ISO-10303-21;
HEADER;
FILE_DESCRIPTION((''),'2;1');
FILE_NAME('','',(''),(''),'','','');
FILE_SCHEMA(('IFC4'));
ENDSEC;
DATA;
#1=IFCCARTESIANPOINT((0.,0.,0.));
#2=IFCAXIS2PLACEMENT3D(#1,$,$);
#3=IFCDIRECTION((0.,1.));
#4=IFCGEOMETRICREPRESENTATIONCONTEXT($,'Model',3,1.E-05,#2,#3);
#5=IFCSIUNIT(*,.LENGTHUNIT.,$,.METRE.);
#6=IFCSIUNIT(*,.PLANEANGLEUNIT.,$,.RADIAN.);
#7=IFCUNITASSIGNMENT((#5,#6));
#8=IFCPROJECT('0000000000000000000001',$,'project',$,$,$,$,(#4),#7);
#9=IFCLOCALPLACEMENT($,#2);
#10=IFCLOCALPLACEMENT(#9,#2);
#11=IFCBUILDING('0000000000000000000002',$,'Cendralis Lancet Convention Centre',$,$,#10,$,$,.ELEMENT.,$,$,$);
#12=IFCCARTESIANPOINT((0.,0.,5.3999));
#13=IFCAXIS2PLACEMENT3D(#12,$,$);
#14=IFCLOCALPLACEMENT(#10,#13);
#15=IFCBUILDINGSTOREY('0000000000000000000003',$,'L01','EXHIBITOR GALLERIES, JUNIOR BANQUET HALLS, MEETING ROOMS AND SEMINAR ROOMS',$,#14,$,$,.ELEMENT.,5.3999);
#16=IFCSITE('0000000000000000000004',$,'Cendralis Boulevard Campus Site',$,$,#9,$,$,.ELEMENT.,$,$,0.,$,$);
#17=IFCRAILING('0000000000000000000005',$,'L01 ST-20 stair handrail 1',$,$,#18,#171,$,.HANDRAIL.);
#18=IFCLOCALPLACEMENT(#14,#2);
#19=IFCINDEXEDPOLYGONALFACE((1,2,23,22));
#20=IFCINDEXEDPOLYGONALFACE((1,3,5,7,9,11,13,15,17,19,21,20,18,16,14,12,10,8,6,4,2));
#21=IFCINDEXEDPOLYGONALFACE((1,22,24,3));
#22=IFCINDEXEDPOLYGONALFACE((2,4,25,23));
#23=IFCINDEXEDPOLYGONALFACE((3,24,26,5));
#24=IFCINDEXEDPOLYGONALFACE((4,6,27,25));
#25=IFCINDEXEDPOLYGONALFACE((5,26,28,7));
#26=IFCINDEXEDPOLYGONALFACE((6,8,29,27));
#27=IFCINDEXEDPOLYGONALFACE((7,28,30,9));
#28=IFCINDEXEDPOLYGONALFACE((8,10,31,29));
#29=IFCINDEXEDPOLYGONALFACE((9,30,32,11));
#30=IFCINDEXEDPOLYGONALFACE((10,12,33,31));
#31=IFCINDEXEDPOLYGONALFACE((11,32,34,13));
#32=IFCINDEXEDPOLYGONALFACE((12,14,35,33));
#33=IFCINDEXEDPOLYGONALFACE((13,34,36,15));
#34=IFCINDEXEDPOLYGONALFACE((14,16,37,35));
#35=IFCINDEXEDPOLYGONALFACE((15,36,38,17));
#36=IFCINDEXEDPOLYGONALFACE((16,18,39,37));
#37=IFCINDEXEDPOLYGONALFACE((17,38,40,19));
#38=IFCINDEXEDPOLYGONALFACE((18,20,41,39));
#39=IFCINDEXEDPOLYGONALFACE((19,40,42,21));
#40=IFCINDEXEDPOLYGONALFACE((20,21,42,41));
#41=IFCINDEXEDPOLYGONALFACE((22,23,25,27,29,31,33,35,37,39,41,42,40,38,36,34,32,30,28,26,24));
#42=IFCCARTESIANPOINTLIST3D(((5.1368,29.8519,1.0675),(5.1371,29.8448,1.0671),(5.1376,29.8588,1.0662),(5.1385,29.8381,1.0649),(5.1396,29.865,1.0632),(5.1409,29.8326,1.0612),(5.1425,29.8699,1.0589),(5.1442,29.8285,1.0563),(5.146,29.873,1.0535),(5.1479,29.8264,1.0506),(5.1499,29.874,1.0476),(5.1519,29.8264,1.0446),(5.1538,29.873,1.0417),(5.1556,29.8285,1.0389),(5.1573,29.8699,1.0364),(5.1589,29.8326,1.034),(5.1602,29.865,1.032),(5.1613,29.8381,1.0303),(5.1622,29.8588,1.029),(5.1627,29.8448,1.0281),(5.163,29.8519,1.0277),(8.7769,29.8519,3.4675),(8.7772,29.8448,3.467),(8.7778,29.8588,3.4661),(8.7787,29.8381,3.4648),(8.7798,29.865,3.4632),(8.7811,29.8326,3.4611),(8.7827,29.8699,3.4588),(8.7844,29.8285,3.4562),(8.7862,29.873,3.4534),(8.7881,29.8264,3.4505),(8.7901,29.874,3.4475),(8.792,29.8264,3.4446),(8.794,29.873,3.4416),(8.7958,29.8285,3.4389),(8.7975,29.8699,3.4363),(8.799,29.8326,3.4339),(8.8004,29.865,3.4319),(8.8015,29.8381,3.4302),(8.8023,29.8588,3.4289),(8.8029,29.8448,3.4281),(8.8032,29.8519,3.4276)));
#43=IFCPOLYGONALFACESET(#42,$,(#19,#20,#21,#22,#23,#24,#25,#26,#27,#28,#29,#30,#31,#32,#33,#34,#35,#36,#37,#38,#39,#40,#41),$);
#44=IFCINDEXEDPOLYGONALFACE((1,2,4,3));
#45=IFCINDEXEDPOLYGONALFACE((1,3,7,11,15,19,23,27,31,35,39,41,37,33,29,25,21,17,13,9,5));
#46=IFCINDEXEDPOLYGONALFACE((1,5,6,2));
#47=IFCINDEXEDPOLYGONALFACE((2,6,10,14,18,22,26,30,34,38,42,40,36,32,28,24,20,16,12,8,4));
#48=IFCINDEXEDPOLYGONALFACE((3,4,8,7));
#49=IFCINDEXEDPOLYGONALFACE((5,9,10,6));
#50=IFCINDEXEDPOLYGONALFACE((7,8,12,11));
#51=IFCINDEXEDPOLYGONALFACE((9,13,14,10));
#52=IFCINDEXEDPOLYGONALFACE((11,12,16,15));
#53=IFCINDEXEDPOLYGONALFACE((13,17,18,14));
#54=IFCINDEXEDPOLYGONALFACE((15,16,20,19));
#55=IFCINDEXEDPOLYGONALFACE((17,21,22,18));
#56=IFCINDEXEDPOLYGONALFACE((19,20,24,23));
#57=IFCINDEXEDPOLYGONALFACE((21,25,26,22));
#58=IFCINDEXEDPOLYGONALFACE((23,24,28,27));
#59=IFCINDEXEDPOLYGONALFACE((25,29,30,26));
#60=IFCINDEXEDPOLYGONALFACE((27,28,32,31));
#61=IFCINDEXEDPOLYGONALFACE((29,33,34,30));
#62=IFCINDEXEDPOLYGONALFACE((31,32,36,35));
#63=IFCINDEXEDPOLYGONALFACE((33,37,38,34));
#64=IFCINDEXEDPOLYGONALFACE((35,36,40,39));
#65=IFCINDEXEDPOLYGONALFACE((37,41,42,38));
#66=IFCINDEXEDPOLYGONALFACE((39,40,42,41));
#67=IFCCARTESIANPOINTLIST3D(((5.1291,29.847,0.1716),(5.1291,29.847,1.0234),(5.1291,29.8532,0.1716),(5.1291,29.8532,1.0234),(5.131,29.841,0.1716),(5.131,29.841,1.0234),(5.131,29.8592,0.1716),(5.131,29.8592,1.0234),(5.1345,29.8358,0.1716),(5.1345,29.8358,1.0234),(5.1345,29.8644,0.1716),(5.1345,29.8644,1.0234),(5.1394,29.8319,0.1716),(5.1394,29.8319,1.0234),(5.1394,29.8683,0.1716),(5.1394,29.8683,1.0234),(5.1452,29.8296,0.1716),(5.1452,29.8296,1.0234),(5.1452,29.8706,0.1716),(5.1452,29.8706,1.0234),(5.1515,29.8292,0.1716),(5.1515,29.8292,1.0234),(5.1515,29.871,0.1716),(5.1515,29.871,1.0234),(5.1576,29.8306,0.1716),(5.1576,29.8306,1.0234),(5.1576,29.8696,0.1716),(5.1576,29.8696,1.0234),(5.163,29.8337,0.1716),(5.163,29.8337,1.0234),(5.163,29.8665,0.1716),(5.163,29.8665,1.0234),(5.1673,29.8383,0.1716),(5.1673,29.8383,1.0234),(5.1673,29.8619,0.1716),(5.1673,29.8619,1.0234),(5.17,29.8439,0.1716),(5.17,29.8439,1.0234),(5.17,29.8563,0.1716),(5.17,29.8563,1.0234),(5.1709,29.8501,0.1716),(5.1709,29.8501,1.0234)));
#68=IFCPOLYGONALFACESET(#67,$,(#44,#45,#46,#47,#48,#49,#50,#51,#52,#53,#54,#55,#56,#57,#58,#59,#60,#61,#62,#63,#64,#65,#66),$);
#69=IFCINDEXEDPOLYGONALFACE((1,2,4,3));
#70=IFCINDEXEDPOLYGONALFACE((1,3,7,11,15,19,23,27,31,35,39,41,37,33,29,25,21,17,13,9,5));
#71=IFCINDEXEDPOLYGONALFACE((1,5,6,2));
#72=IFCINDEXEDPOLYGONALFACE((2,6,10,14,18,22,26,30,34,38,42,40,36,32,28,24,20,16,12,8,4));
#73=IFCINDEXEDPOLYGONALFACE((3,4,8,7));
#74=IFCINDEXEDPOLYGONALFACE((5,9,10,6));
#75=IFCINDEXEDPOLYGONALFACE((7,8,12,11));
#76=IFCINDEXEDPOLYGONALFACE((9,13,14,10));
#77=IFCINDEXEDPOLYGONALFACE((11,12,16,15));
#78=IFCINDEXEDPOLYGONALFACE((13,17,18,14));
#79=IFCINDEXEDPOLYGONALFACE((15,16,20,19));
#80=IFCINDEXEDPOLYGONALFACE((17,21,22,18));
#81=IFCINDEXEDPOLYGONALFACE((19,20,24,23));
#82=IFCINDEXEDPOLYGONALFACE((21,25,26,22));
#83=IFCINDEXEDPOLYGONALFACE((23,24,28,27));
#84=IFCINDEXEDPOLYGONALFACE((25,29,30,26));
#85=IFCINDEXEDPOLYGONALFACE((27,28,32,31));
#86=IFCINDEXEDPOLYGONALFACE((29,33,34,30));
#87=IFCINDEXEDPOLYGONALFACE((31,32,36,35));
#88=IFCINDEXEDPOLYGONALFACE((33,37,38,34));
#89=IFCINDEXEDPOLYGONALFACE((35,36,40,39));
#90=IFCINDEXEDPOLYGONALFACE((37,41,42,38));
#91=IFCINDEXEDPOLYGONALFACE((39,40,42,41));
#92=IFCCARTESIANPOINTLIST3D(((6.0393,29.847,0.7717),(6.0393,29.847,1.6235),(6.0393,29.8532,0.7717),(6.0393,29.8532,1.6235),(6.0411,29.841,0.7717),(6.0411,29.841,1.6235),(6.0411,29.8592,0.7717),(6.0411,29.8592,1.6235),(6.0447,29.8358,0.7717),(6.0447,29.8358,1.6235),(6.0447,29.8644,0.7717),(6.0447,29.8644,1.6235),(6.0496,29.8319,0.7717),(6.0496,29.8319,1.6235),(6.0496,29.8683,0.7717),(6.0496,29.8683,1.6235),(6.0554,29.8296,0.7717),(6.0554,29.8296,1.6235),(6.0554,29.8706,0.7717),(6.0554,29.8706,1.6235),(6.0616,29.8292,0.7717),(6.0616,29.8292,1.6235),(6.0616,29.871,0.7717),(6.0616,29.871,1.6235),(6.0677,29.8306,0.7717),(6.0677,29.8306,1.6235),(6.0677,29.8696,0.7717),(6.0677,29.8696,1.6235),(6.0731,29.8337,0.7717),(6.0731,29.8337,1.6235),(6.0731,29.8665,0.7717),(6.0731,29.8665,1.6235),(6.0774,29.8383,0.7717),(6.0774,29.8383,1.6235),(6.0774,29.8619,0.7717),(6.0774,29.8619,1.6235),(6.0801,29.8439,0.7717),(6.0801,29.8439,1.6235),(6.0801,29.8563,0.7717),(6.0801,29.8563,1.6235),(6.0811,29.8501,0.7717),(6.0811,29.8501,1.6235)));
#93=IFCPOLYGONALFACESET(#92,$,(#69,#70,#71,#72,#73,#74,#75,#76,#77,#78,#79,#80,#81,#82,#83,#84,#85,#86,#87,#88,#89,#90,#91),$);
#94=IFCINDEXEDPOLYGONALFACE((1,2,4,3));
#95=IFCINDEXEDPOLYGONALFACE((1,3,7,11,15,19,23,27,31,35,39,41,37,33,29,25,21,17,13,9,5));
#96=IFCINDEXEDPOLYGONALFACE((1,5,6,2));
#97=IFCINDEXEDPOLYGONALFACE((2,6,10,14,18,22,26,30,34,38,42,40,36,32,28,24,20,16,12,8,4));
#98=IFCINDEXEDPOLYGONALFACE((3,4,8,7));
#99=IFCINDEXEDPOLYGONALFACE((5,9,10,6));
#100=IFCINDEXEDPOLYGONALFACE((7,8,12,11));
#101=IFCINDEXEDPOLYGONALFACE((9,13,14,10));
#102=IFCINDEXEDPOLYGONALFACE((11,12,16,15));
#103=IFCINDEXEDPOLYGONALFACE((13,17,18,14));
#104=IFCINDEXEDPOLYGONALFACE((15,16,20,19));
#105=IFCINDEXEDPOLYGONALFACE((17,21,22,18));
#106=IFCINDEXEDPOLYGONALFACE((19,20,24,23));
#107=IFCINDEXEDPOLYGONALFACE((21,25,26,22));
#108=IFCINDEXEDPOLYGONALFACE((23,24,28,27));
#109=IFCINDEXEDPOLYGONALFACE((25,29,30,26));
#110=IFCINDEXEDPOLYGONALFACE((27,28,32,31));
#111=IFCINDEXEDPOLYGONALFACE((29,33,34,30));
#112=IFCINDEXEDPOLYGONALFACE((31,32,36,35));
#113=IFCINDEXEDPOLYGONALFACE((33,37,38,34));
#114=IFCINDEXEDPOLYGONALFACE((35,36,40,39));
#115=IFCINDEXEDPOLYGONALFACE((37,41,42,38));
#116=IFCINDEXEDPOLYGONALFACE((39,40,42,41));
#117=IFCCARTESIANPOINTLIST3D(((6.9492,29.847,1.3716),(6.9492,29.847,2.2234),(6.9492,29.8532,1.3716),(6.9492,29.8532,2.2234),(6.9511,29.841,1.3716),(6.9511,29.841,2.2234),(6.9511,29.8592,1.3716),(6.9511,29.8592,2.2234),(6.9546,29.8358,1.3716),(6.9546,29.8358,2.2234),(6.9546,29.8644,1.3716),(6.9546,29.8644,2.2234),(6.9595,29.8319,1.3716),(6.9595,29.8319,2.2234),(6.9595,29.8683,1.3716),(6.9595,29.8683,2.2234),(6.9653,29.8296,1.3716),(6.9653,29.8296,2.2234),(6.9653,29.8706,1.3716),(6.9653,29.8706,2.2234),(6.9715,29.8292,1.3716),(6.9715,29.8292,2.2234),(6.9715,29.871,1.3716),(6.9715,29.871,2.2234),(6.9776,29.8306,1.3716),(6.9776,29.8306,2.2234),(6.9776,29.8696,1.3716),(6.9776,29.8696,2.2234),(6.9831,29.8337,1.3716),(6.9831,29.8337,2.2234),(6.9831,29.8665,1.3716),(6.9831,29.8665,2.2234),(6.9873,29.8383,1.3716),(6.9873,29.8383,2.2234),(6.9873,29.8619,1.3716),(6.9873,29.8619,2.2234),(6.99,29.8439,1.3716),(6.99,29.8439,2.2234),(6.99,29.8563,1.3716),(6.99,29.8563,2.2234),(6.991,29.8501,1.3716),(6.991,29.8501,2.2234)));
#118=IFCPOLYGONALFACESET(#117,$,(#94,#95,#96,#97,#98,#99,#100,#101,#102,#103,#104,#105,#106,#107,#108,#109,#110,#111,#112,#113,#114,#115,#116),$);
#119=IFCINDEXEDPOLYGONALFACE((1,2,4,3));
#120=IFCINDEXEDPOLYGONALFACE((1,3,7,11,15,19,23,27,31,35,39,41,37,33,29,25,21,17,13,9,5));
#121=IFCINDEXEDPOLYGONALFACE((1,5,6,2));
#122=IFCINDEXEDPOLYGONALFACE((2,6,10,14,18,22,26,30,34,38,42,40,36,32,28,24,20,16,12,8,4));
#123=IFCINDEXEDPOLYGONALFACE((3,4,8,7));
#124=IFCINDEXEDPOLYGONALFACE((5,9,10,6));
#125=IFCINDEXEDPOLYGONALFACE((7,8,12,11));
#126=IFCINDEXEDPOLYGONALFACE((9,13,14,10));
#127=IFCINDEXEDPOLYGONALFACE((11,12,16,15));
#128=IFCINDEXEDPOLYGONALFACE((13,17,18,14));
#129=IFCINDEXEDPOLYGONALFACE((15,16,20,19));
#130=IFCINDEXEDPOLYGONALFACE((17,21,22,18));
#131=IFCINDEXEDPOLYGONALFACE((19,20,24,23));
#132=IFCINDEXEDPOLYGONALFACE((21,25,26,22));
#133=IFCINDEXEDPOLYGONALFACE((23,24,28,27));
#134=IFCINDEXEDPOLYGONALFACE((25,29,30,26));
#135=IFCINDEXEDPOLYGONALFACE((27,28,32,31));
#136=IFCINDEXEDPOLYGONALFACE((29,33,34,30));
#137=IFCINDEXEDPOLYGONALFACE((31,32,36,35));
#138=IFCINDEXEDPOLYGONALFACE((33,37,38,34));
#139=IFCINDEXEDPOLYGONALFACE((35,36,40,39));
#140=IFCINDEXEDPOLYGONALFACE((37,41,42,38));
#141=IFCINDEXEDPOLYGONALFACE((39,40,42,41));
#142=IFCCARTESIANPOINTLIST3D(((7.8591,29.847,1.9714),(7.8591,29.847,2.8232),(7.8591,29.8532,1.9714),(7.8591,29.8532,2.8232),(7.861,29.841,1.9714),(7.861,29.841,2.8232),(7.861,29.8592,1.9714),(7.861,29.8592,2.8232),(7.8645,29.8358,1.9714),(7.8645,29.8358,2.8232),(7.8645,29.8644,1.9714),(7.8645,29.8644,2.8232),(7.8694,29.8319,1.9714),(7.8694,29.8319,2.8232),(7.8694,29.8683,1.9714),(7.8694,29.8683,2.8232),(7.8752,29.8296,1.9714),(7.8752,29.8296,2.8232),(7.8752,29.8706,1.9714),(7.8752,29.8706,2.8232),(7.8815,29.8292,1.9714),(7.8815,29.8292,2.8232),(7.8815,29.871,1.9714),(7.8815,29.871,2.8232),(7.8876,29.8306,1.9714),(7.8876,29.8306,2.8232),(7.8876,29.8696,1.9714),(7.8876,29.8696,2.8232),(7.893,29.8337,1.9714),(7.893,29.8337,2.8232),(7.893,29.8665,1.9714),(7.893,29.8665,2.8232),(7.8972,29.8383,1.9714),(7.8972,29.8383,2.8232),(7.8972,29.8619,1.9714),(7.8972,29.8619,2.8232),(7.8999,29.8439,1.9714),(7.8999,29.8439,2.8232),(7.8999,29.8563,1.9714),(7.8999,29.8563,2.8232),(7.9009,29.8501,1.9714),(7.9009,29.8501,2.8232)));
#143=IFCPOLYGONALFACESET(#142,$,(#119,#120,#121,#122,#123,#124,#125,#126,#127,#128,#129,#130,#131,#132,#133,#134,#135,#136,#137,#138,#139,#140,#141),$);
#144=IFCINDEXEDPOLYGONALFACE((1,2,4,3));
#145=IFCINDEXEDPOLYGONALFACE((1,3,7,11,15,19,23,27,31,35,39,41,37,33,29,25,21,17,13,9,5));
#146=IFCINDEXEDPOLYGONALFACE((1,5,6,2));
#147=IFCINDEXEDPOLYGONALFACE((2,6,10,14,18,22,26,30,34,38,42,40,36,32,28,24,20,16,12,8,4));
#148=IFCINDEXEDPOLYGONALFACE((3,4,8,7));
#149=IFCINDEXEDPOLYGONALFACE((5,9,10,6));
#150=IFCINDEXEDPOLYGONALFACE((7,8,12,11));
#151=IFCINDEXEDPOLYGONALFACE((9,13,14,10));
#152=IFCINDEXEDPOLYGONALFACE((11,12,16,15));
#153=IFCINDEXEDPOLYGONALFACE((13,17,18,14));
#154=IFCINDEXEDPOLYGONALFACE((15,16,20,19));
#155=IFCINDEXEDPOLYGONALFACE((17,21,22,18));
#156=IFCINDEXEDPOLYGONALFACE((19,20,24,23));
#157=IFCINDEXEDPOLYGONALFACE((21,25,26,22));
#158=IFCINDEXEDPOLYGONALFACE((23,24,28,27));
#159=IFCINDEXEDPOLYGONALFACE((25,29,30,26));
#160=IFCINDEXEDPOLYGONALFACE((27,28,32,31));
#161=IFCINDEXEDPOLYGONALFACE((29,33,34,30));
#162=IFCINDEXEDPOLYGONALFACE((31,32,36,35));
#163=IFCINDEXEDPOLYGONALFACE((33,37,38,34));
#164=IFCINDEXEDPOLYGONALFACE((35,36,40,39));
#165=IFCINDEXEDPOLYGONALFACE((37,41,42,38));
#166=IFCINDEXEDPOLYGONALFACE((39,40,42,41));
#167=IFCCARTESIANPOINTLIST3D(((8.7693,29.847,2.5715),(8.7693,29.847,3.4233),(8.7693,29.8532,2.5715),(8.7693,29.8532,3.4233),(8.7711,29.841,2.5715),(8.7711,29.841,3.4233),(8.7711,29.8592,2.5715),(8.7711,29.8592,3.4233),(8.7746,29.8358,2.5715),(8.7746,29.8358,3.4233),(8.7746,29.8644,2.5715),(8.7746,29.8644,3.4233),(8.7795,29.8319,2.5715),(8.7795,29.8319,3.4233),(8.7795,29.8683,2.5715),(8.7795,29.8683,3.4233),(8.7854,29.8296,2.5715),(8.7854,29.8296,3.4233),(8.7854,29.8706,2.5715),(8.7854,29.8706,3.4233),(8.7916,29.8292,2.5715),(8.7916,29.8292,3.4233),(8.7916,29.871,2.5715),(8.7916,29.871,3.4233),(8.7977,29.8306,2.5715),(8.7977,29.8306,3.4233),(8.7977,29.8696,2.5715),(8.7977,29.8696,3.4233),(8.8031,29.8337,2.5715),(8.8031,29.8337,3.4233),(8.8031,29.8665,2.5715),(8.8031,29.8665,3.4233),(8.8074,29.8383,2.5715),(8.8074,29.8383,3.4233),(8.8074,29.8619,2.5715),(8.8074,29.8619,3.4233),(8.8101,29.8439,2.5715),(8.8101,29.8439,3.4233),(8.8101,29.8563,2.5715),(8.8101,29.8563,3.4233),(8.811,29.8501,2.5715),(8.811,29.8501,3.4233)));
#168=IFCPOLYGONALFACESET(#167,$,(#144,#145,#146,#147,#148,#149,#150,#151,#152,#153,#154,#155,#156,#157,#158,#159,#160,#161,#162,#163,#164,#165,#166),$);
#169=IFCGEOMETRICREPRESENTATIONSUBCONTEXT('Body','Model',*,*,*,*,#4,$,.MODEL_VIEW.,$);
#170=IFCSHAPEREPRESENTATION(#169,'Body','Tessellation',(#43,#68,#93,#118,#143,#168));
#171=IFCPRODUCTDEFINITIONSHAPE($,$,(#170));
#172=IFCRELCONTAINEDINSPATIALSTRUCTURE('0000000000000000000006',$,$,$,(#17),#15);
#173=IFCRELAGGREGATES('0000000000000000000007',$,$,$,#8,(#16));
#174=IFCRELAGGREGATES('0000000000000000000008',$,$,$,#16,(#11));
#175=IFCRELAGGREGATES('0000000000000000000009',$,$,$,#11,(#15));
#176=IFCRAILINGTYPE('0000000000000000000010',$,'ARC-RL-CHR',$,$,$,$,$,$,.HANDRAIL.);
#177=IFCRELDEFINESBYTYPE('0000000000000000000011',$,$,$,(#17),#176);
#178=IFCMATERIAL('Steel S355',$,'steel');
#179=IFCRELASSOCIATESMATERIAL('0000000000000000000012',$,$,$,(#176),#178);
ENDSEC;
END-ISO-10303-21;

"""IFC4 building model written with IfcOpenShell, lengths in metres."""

from ifc_helpers import new_model, si_unit, direction, frame, origin, origin_2d, place, context, subcontext, project, spatial, circle, extrude, material, type_object, element, save


model = new_model("IFC4")

# Units and contexts
model_context = context("Model", 3, precision=1e-05, world=origin(), true_north=direction((0.0, 1.0)))
body_context = subcontext(model_context, "Body", "Model", "MODEL_VIEW")
ifc_project = project(units=[si_unit("LENGTHUNIT", "METRE"), si_unit("PLANEANGLEUNIT", "RADIAN")], contexts=[model_context])

# Site, building, storey
site_placement = place(None, origin())
site = spatial("IfcSite", under=ifc_project, at=site_placement, Name="Cendralis Boulevard Campus Site", CompositionType="ELEMENT", RefElevation=0.0)
building_placement = place(site_placement, origin())
building = spatial("IfcBuilding", under=site, at=building_placement, Name="Cendralis Lancet Convention Centre", CompositionType="ELEMENT")
storey_placement = place(building_placement, frame((0.0, 0.0, 5.3999)))
storey = spatial("IfcBuildingStorey", under=building, at=storey_placement, Name="L01", Description="EXHIBITOR GALLERIES, JUNIOR BANQUET HALLS, MEETING ROOMS AND SEMINAR ROOMS", CompositionType="ELEMENT", Elevation=5.3999)

# Shared definitions
ifc_material_1 = material(Name="Steel S355", Category="steel")

# Railing
railing_type_1 = type_object("IfcRailingType", Name="ARC-RL-CHR", PredefinedType="HANDRAIL", material=ifc_material_1)
railing_1_placement = place(storey_placement, frame((5.1499, 29.8501, 0.1716)))
element("IfcRailing", 1, at=railing_1_placement, inside=storey, type_object=railing_type_1, Name="L01 ST-20 stair handrail 1", PredefinedType="HANDRAIL", context=body_context, shape_type="SweptSolid", body=[
    extrude(circle(Radius=0.0239, at=origin_2d()), frame((0.0, 0.0, 0.876), z_axis=(0.834882, 0.0, 0.550429), x_axis=(0.0, 1.0, 0.0)), (0.0, 0.0, 1.0), 4.3601),
    extrude(circle(Radius=0.021, at=origin_2d()), origin(), (0.0, 0.0, 1.0), 0.8518),
    extrude(circle(Radius=0.021, at=origin_2d()), frame((0.9102, 0.0, 0.6001)), (0.0, 0.0, 1.0), 0.8518),
    extrude(circle(Radius=0.021, at=origin_2d()), frame((1.8201, 0.0, 1.2)), (0.0, 0.0, 1.0), 0.8518),
    extrude(circle(Radius=0.021, at=origin_2d()), frame((2.73, 0.0, 1.7998)), (0.0, 0.0, 1.0), 0.8518),
    extrude(circle(Radius=0.021, at=origin_2d()), frame((3.6401, 0.0, 2.3999)), (0.0, 0.0, 1.0), 0.8518),
])

save(model, "model.ifc")
